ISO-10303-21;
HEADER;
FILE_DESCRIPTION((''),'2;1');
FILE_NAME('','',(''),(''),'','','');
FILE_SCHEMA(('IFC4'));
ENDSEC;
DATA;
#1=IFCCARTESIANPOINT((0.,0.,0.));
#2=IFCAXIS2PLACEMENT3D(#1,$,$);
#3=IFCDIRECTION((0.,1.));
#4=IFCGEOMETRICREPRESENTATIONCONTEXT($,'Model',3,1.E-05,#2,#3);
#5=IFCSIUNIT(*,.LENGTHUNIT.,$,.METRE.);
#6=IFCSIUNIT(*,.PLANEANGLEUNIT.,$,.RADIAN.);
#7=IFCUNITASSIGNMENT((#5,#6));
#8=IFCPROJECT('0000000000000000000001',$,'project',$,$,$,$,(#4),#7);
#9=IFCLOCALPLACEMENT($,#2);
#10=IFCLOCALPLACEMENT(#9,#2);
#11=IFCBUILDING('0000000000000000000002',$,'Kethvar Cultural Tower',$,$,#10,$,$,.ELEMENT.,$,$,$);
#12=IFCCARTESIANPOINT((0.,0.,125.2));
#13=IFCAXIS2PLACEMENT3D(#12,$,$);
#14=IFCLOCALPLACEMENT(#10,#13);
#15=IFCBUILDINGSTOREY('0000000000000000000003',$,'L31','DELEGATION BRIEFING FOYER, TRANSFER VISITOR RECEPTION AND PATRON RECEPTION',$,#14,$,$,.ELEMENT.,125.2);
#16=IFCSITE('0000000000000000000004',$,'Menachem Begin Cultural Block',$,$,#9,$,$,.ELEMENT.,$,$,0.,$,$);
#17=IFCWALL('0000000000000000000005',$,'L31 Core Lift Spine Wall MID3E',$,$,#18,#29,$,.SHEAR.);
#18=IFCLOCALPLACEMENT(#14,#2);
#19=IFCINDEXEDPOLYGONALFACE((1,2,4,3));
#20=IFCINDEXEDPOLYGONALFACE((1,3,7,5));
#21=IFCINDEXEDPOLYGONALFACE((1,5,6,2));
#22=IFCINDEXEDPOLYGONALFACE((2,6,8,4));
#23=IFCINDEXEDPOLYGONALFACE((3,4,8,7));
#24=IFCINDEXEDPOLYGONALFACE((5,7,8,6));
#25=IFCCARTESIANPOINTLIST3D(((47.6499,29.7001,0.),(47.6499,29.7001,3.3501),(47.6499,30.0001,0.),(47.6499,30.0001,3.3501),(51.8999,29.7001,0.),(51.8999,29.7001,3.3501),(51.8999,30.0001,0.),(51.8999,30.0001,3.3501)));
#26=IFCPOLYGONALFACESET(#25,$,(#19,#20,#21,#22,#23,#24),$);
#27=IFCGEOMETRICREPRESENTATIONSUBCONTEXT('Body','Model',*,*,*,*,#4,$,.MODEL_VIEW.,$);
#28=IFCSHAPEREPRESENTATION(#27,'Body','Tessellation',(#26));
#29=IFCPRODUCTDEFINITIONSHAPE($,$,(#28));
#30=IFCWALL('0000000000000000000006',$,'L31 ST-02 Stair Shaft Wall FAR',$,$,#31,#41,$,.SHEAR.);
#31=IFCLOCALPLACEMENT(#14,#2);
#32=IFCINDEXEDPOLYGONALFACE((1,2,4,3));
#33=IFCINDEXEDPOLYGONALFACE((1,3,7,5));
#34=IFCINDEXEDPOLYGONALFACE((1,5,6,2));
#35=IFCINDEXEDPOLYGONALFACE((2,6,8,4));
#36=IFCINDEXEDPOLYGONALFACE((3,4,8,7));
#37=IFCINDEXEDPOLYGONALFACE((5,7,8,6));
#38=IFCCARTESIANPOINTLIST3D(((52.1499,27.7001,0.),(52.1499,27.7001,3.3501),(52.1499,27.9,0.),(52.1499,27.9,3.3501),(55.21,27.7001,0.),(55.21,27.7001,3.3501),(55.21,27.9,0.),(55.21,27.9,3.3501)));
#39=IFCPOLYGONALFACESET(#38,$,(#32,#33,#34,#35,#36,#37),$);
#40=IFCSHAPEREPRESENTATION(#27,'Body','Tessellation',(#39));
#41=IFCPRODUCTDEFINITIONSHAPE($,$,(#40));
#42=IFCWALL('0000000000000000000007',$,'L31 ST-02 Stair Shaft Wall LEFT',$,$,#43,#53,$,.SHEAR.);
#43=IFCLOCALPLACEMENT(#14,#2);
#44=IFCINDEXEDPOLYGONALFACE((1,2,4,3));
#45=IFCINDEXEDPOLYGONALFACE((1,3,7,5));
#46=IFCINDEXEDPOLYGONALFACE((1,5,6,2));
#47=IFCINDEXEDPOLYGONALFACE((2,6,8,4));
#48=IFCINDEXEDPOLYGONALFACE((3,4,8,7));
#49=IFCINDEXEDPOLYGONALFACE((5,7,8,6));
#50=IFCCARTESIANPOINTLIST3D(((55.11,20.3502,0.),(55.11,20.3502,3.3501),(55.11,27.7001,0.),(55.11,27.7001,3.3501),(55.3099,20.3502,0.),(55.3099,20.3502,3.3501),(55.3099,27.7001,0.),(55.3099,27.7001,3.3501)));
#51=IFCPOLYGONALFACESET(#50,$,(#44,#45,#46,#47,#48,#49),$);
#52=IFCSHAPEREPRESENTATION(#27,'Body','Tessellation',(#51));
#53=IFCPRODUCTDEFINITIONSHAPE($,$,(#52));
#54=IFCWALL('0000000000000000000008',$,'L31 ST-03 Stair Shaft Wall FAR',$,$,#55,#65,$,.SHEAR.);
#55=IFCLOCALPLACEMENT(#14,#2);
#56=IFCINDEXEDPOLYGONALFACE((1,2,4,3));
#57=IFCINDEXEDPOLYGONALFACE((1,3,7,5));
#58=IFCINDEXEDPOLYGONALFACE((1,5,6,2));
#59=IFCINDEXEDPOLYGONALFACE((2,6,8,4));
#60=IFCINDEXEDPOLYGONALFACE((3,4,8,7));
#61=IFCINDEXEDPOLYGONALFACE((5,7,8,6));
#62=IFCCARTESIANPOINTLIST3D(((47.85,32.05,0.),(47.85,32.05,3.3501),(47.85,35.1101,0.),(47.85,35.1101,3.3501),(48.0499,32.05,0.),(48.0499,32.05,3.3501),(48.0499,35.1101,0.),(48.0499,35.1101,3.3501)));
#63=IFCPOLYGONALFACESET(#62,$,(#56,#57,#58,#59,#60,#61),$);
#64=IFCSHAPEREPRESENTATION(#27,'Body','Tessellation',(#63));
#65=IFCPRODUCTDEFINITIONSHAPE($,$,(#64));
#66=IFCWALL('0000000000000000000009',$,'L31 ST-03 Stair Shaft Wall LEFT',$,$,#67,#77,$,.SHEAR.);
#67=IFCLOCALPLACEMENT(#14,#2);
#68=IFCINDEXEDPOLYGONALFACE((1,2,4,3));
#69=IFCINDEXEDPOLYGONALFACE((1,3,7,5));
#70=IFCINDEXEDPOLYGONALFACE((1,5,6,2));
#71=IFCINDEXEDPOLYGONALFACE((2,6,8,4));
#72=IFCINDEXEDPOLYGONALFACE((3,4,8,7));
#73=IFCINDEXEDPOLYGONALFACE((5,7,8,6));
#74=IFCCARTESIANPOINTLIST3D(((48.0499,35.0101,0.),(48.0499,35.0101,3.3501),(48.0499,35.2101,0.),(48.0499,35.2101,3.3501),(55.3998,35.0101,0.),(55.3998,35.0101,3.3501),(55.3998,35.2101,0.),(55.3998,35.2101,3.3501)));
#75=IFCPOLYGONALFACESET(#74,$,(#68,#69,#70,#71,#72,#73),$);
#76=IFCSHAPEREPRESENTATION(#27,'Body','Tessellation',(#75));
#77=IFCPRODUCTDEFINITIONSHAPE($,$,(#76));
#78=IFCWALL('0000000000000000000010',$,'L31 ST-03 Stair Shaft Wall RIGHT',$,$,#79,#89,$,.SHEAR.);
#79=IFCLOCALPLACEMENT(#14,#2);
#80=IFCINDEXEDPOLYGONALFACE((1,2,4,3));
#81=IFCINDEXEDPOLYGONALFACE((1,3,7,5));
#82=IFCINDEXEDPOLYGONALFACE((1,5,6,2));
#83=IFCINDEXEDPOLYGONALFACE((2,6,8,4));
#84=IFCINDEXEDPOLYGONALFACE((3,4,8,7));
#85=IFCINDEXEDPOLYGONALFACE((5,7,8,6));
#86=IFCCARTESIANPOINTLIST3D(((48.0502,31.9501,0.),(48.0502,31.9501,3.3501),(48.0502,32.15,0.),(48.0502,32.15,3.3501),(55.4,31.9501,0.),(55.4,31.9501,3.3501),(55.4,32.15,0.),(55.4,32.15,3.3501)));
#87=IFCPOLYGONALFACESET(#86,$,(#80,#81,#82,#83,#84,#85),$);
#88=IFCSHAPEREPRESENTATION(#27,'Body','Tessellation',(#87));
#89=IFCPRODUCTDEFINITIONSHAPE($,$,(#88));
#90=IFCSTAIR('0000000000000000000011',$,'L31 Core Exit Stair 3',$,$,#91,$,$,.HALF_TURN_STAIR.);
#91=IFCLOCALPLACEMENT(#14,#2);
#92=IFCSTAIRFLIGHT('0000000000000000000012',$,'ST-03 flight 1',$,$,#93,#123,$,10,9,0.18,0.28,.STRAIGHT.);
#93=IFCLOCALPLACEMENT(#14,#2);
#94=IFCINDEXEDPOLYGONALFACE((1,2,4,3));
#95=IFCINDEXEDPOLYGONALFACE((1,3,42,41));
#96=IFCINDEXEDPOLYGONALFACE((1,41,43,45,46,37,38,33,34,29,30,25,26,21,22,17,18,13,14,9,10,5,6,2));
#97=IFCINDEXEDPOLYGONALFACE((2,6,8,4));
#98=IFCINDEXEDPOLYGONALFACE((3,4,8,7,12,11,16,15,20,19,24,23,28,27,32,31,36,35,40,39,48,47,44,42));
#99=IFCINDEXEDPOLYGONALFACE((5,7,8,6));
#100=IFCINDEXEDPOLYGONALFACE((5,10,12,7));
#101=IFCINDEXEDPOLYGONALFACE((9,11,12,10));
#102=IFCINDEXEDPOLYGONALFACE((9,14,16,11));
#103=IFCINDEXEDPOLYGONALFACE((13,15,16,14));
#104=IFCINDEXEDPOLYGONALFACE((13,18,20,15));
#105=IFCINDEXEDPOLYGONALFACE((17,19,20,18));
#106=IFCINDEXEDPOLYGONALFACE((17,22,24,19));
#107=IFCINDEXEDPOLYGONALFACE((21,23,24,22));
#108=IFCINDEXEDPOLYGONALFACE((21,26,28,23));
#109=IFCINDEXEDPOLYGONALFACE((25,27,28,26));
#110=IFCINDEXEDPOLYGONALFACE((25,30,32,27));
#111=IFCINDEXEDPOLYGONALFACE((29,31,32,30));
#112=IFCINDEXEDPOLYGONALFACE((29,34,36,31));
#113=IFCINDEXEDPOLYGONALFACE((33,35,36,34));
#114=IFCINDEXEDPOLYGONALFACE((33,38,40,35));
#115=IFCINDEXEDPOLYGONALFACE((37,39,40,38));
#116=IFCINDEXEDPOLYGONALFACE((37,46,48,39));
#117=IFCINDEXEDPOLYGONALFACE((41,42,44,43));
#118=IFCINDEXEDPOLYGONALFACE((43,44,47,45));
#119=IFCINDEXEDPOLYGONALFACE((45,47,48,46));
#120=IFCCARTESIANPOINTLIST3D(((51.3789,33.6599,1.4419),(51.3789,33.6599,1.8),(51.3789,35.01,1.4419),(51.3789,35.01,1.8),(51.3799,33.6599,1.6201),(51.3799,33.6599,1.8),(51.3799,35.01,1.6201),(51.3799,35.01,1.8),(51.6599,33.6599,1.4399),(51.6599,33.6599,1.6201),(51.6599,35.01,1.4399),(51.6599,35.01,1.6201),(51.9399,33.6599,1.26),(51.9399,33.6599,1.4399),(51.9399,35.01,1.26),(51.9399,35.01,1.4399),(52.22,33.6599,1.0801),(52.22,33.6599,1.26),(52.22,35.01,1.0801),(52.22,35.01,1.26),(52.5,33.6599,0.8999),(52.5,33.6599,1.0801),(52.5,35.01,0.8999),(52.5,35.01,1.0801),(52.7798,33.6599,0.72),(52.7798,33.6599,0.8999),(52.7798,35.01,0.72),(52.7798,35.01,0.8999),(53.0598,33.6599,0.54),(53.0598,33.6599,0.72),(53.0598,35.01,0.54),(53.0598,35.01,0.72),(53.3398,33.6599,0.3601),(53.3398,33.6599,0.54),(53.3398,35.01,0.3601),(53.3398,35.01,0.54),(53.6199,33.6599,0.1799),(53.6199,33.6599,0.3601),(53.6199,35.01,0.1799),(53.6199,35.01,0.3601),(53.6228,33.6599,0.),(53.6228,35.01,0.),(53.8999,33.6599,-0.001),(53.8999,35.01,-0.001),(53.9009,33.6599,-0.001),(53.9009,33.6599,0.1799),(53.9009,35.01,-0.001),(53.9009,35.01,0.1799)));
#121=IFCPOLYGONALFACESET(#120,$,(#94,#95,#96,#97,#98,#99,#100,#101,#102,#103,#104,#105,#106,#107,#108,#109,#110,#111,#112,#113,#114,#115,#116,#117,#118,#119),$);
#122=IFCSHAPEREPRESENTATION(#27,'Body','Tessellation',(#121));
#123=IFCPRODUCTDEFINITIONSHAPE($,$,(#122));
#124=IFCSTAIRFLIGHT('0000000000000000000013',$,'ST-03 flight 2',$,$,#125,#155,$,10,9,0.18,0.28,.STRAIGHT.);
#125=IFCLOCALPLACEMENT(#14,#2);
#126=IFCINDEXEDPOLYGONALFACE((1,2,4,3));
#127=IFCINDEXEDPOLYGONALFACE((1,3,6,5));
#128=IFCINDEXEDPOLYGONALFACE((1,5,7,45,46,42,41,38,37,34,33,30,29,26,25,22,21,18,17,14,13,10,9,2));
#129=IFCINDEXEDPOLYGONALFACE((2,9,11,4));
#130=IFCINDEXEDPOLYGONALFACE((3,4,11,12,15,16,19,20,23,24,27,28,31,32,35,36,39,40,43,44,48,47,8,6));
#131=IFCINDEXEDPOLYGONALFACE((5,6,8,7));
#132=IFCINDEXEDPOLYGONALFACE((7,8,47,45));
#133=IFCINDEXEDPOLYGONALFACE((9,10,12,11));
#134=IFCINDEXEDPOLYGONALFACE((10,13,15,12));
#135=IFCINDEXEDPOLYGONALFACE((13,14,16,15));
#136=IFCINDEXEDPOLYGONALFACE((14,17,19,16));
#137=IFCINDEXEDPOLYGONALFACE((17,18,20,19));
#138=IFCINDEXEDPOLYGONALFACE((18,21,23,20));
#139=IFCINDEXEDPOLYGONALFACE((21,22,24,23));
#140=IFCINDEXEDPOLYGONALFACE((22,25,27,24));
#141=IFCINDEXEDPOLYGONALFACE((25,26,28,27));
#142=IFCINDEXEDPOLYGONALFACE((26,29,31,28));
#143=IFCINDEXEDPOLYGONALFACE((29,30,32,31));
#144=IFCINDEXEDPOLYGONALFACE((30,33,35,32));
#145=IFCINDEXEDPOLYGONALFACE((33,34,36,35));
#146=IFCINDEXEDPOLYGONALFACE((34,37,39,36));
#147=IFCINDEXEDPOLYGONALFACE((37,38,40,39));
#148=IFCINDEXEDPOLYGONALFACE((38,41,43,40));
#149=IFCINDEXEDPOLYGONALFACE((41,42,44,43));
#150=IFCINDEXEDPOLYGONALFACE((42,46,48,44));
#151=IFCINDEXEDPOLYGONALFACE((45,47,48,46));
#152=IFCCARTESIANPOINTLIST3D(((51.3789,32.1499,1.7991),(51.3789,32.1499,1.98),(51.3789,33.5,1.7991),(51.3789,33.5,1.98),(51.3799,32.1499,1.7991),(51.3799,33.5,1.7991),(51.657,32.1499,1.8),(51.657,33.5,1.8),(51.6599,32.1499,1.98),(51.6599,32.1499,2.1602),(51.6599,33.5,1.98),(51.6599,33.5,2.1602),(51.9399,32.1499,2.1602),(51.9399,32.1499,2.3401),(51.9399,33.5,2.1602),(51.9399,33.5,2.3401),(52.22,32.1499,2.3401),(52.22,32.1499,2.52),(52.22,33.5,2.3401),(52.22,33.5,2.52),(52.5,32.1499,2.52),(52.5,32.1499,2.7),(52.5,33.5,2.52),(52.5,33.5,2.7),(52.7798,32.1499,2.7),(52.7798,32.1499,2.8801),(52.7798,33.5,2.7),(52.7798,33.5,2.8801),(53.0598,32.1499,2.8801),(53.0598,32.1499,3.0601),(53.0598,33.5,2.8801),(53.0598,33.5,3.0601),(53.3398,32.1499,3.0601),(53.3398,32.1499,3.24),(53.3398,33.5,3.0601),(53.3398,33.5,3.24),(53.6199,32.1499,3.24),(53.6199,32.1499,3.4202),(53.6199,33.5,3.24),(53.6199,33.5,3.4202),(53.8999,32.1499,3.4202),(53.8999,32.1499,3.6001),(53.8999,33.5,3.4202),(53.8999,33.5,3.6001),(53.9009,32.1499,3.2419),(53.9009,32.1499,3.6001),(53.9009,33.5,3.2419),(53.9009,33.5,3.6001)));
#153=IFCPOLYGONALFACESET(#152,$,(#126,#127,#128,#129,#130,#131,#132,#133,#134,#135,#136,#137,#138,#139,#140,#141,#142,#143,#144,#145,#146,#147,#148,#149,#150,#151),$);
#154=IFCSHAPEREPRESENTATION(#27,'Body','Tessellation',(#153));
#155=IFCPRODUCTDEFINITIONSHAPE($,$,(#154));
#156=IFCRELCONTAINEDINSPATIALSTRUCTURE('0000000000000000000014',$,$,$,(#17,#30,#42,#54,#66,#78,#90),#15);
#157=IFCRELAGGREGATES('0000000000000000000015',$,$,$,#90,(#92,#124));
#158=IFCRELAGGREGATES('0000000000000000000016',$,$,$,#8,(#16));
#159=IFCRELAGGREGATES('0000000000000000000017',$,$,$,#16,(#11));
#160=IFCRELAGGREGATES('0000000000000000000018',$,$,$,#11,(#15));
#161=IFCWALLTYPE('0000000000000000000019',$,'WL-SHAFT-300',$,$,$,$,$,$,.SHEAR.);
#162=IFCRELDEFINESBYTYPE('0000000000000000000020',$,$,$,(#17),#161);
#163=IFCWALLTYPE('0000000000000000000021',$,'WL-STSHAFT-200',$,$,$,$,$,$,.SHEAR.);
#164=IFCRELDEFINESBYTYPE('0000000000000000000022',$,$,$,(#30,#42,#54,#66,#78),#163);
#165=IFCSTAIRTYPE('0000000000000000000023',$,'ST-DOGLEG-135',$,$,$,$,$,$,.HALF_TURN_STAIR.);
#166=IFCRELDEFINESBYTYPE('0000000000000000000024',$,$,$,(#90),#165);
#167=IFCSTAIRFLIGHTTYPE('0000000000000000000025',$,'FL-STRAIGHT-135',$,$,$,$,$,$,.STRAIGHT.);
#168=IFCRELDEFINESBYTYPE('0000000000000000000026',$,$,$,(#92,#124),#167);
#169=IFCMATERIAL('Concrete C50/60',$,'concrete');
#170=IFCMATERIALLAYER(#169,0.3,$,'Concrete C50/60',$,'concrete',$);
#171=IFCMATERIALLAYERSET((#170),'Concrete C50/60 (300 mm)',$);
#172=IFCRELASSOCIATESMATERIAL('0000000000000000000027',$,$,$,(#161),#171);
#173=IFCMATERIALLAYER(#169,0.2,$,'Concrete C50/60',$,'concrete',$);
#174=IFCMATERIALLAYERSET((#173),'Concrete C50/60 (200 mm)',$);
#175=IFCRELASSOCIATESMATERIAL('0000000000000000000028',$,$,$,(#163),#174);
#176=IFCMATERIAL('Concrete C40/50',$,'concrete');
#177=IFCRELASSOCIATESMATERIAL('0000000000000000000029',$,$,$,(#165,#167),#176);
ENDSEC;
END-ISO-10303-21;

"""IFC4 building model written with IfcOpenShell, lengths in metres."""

from ifc_helpers import new_model, si_unit, direction, frame, frame_2d, origin, place, context, subcontext, project, spatial, polyline, rectangle, outline, extrude, material, layer, layer_set, type_object, element, aggregate, save


model = new_model("IFC4")

# Units and contexts
model_context = context("Model", 3, precision=1e-05, world=origin(), true_north=direction((0.0, 1.0)))
body_context = subcontext(model_context, "Body", "Model", "MODEL_VIEW")
ifc_project = project(units=[si_unit("LENGTHUNIT", "METRE"), si_unit("PLANEANGLEUNIT", "RADIAN")], contexts=[model_context])

# Site, building, storey
site_placement = place(None, origin())
site = spatial("IfcSite", under=ifc_project, at=site_placement, Name="Menachem Begin Cultural Block", CompositionType="ELEMENT", RefElevation=0.0)
building_placement = place(site_placement, origin())
building = spatial("IfcBuilding", under=site, at=building_placement, Name="Kethvar Cultural Tower", CompositionType="ELEMENT")
storey_placement = place(building_placement, frame((0.0, 0.0, 125.2)))
storey = spatial("IfcBuildingStorey", under=building, at=storey_placement, Name="L31", Description="DELEGATION BRIEFING FOYER, TRANSFER VISITOR RECEPTION AND PATRON RECEPTION", CompositionType="ELEMENT", Elevation=125.2)

# Walls
ifc_material_1 = material(Name="Concrete C40/50", Category="concrete")
ifc_material_2 = material(Name="Concrete C50/60", Category="concrete")
ifc_layer_1 = layer(ifc_material_2, 0.3, Name="Concrete C50/60", Category="concrete")
ifc_layer_set_1 = layer_set([ifc_layer_1], Name="Concrete C50/60 (300 mm)")
wall_type_1 = type_object("IfcWallType", Name="WL-SHAFT-300", PredefinedType="SHEAR", material=ifc_layer_set_1)
wall_1_placement = place(storey_placement, frame((47.6499, 29.8501, 0.0), z_axis=(0.0, 0.0, 1.0), x_axis=(1.0, 0.0, 0.0)))
element("IfcWall", 1, at=wall_1_placement, inside=storey, type_object=wall_type_1, Name="L31 Core Lift Spine Wall MID3E", PredefinedType="SHEAR", context=body_context, shape_type="SweptSolid", body=[
    extrude(rectangle(XDim=4.25, YDim=0.3, at=frame_2d((2.125, 0.0))), origin(), (0.0, 0.0, 1.0), 3.3501),
])
ifc_layer_2 = layer(ifc_material_2, 0.2, Name="Concrete C50/60", Category="concrete")
ifc_layer_set_2 = layer_set([ifc_layer_2], Name="Concrete C50/60 (200 mm)")
wall_type_2 = type_object("IfcWallType", Name="WL-STSHAFT-200", PredefinedType="SHEAR", material=ifc_layer_set_2)
wall_2_placement = place(storey_placement, frame((52.1499, 27.8, 0.0), z_axis=(0.0, 0.0, 1.0), x_axis=(1.0, 0.0, 0.0)))
element("IfcWall", 2, at=wall_2_placement, inside=storey, type_object=wall_type_2, Name="L31 ST-02 Stair Shaft Wall FAR", PredefinedType="SHEAR", context=body_context, shape_type="SweptSolid", body=[
    extrude(rectangle(XDim=3.0601, YDim=0.2, at=frame_2d((1.53, 0.0))), origin(), (0.0, 0.0, 1.0), 3.3501),
])
wall_3_placement = place(storey_placement, frame((55.21, 27.7, 0.0), z_axis=(0.0, 0.0, 1.0), x_axis=(0.0, -1.0, 0.0)))
element("IfcWall", 3, at=wall_3_placement, inside=storey, type_object=wall_type_2, Name="L31 ST-02 Stair Shaft Wall LEFT", PredefinedType="SHEAR", context=body_context, shape_type="SweptSolid", body=[
    extrude(rectangle(XDim=7.3499, YDim=0.2, at=frame_2d((3.6748, 0.0))), origin(), (0.0, 0.0, 1.0), 3.3501),
])
wall_4_placement = place(storey_placement, frame((47.95, 32.05, 0.0), z_axis=(0.0, 0.0, 1.0), x_axis=(0.0, 1.0, 0.0)))
element("IfcWall", 4, at=wall_4_placement, inside=storey, type_object=wall_type_2, Name="L31 ST-03 Stair Shaft Wall FAR", PredefinedType="SHEAR", context=body_context, shape_type="SweptSolid", body=[
    extrude(rectangle(XDim=3.0601, YDim=0.2, at=frame_2d((1.53, 0.0))), origin(), (0.0, 0.0, 1.0), 3.3501),
])
for number, where, z_axis, x_axis, name in (
    (5, (48.05, 35.1101, 0.0), (0.0, 0.0, 1.0), (1.0, 0.0, 0.0), "L31 ST-03 Stair Shaft Wall LEFT"),
    (6, (55.3999, 32.05, 0.0), (0.0, 0.0, 1.0), (-1.0, 0.0, 0.0), "L31 ST-03 Stair Shaft Wall RIGHT"),
):
    element("IfcWall", number, at=place(storey_placement, frame(where, z_axis=z_axis, x_axis=x_axis)), inside=storey, type_object=wall_type_2, Name=name, PredefinedType="SHEAR", context=body_context, shape_type="SweptSolid", body=[
        extrude(rectangle(XDim=7.3499, YDim=0.2, at=frame_2d((3.6748, 0.0))), origin(), (0.0, 0.0, 1.0), 3.3501),
    ])

# Stair, stair flights
stair_type = type_object("IfcStairType", Name="ST-DOGLEG-135", PredefinedType="HALF_TURN_STAIR", material=ifc_material_1)
stair_placement = place(storey_placement, origin())
stair = element("IfcStair", 7, at=stair_placement, inside=storey, type_object=stair_type, Name="L31 Core Exit Stair 3", PredefinedType="HALF_TURN_STAIR")
stair_flight_type = type_object("IfcStairFlightType", Name="FL-STRAIGHT-135", PredefinedType="STRAIGHT", material=ifc_material_1)
stair_flight_1_placement = place(storey_placement, frame((53.8999, 34.335, 0.0), z_axis=(0.0, 0.0, 1.0), x_axis=(-1.0, 0.0, 0.0)))
stair_flight_1 = element("IfcStairFlight", 8, at=stair_flight_1_placement, type_object=stair_flight_type, Name="ST-03 flight 1", NumberOfRisers=10, NumberOfTreads=9, PredefinedType="STRAIGHT", RiserHeight=0.18, TreadLength=0.28, context=body_context, shape_type="SweptSolid", body=[
    extrude(outline(polyline([(-0.001, -0.001), (-0.001, 0.1799), (0.28, 0.1799), (0.28, 0.3601), (0.5601, 0.3601), (0.5601, 0.54), (0.8401, 0.54), (0.8401, 0.72), (1.1201, 0.72), (1.1201, 0.8999), (1.3999, 0.8999), (1.3999, 1.0801), (1.6799, 1.0801), (1.6799, 1.26), (1.96, 1.26), (1.96, 1.4399), (2.24, 1.4399), (2.24, 1.6201), (2.52, 1.6201), (2.52, 1.8), (2.521, 1.8), (2.521, 1.4419), (0.2771, 0.0), (0.0, -0.001), (-0.001, -0.001)])), frame((0.0, 0.675, 0.0), z_axis=(0.0, -1.0, 0.0), x_axis=(1.0, 0.0, 0.0)), (0.0, 0.0, 1.0), 1.3501),
])
stair_flight_2_placement = place(storey_placement, frame((51.3799, 32.825, 1.8), z_axis=(0.0, 0.0, 1.0), x_axis=(1.0, 0.0, 0.0)))
stair_flight_2 = element("IfcStairFlight", 9, at=stair_flight_2_placement, type_object=stair_flight_type, Name="ST-03 flight 2", NumberOfRisers=10, NumberOfTreads=9, PredefinedType="STRAIGHT", RiserHeight=0.18, TreadLength=0.28, context=body_context, shape_type="SweptSolid", body=[
    extrude(outline(polyline([(-0.001, -0.001), (-0.001, 0.1799), (0.28, 0.1799), (0.28, 0.3601), (0.5601, 0.3601), (0.5601, 0.54), (0.8401, 0.54), (0.8401, 0.72), (1.1201, 0.72), (1.1201, 0.8999), (1.3999, 0.8999), (1.3999, 1.0801), (1.6799, 1.0801), (1.6799, 1.26), (1.96, 1.26), (1.96, 1.4399), (2.24, 1.4399), (2.24, 1.6201), (2.52, 1.6201), (2.52, 1.8), (2.521, 1.8), (2.521, 1.4419), (0.2771, 0.0), (0.0, -0.001), (-0.001, -0.001)])), frame((0.0, 0.675, 0.0), z_axis=(0.0, -1.0, 0.0), x_axis=(1.0, 0.0, 0.0)), (0.0, 0.0, 1.0), 1.3501),
])
aggregate(stair, [stair_flight_1, stair_flight_2])

save(model, "model.ifc")
